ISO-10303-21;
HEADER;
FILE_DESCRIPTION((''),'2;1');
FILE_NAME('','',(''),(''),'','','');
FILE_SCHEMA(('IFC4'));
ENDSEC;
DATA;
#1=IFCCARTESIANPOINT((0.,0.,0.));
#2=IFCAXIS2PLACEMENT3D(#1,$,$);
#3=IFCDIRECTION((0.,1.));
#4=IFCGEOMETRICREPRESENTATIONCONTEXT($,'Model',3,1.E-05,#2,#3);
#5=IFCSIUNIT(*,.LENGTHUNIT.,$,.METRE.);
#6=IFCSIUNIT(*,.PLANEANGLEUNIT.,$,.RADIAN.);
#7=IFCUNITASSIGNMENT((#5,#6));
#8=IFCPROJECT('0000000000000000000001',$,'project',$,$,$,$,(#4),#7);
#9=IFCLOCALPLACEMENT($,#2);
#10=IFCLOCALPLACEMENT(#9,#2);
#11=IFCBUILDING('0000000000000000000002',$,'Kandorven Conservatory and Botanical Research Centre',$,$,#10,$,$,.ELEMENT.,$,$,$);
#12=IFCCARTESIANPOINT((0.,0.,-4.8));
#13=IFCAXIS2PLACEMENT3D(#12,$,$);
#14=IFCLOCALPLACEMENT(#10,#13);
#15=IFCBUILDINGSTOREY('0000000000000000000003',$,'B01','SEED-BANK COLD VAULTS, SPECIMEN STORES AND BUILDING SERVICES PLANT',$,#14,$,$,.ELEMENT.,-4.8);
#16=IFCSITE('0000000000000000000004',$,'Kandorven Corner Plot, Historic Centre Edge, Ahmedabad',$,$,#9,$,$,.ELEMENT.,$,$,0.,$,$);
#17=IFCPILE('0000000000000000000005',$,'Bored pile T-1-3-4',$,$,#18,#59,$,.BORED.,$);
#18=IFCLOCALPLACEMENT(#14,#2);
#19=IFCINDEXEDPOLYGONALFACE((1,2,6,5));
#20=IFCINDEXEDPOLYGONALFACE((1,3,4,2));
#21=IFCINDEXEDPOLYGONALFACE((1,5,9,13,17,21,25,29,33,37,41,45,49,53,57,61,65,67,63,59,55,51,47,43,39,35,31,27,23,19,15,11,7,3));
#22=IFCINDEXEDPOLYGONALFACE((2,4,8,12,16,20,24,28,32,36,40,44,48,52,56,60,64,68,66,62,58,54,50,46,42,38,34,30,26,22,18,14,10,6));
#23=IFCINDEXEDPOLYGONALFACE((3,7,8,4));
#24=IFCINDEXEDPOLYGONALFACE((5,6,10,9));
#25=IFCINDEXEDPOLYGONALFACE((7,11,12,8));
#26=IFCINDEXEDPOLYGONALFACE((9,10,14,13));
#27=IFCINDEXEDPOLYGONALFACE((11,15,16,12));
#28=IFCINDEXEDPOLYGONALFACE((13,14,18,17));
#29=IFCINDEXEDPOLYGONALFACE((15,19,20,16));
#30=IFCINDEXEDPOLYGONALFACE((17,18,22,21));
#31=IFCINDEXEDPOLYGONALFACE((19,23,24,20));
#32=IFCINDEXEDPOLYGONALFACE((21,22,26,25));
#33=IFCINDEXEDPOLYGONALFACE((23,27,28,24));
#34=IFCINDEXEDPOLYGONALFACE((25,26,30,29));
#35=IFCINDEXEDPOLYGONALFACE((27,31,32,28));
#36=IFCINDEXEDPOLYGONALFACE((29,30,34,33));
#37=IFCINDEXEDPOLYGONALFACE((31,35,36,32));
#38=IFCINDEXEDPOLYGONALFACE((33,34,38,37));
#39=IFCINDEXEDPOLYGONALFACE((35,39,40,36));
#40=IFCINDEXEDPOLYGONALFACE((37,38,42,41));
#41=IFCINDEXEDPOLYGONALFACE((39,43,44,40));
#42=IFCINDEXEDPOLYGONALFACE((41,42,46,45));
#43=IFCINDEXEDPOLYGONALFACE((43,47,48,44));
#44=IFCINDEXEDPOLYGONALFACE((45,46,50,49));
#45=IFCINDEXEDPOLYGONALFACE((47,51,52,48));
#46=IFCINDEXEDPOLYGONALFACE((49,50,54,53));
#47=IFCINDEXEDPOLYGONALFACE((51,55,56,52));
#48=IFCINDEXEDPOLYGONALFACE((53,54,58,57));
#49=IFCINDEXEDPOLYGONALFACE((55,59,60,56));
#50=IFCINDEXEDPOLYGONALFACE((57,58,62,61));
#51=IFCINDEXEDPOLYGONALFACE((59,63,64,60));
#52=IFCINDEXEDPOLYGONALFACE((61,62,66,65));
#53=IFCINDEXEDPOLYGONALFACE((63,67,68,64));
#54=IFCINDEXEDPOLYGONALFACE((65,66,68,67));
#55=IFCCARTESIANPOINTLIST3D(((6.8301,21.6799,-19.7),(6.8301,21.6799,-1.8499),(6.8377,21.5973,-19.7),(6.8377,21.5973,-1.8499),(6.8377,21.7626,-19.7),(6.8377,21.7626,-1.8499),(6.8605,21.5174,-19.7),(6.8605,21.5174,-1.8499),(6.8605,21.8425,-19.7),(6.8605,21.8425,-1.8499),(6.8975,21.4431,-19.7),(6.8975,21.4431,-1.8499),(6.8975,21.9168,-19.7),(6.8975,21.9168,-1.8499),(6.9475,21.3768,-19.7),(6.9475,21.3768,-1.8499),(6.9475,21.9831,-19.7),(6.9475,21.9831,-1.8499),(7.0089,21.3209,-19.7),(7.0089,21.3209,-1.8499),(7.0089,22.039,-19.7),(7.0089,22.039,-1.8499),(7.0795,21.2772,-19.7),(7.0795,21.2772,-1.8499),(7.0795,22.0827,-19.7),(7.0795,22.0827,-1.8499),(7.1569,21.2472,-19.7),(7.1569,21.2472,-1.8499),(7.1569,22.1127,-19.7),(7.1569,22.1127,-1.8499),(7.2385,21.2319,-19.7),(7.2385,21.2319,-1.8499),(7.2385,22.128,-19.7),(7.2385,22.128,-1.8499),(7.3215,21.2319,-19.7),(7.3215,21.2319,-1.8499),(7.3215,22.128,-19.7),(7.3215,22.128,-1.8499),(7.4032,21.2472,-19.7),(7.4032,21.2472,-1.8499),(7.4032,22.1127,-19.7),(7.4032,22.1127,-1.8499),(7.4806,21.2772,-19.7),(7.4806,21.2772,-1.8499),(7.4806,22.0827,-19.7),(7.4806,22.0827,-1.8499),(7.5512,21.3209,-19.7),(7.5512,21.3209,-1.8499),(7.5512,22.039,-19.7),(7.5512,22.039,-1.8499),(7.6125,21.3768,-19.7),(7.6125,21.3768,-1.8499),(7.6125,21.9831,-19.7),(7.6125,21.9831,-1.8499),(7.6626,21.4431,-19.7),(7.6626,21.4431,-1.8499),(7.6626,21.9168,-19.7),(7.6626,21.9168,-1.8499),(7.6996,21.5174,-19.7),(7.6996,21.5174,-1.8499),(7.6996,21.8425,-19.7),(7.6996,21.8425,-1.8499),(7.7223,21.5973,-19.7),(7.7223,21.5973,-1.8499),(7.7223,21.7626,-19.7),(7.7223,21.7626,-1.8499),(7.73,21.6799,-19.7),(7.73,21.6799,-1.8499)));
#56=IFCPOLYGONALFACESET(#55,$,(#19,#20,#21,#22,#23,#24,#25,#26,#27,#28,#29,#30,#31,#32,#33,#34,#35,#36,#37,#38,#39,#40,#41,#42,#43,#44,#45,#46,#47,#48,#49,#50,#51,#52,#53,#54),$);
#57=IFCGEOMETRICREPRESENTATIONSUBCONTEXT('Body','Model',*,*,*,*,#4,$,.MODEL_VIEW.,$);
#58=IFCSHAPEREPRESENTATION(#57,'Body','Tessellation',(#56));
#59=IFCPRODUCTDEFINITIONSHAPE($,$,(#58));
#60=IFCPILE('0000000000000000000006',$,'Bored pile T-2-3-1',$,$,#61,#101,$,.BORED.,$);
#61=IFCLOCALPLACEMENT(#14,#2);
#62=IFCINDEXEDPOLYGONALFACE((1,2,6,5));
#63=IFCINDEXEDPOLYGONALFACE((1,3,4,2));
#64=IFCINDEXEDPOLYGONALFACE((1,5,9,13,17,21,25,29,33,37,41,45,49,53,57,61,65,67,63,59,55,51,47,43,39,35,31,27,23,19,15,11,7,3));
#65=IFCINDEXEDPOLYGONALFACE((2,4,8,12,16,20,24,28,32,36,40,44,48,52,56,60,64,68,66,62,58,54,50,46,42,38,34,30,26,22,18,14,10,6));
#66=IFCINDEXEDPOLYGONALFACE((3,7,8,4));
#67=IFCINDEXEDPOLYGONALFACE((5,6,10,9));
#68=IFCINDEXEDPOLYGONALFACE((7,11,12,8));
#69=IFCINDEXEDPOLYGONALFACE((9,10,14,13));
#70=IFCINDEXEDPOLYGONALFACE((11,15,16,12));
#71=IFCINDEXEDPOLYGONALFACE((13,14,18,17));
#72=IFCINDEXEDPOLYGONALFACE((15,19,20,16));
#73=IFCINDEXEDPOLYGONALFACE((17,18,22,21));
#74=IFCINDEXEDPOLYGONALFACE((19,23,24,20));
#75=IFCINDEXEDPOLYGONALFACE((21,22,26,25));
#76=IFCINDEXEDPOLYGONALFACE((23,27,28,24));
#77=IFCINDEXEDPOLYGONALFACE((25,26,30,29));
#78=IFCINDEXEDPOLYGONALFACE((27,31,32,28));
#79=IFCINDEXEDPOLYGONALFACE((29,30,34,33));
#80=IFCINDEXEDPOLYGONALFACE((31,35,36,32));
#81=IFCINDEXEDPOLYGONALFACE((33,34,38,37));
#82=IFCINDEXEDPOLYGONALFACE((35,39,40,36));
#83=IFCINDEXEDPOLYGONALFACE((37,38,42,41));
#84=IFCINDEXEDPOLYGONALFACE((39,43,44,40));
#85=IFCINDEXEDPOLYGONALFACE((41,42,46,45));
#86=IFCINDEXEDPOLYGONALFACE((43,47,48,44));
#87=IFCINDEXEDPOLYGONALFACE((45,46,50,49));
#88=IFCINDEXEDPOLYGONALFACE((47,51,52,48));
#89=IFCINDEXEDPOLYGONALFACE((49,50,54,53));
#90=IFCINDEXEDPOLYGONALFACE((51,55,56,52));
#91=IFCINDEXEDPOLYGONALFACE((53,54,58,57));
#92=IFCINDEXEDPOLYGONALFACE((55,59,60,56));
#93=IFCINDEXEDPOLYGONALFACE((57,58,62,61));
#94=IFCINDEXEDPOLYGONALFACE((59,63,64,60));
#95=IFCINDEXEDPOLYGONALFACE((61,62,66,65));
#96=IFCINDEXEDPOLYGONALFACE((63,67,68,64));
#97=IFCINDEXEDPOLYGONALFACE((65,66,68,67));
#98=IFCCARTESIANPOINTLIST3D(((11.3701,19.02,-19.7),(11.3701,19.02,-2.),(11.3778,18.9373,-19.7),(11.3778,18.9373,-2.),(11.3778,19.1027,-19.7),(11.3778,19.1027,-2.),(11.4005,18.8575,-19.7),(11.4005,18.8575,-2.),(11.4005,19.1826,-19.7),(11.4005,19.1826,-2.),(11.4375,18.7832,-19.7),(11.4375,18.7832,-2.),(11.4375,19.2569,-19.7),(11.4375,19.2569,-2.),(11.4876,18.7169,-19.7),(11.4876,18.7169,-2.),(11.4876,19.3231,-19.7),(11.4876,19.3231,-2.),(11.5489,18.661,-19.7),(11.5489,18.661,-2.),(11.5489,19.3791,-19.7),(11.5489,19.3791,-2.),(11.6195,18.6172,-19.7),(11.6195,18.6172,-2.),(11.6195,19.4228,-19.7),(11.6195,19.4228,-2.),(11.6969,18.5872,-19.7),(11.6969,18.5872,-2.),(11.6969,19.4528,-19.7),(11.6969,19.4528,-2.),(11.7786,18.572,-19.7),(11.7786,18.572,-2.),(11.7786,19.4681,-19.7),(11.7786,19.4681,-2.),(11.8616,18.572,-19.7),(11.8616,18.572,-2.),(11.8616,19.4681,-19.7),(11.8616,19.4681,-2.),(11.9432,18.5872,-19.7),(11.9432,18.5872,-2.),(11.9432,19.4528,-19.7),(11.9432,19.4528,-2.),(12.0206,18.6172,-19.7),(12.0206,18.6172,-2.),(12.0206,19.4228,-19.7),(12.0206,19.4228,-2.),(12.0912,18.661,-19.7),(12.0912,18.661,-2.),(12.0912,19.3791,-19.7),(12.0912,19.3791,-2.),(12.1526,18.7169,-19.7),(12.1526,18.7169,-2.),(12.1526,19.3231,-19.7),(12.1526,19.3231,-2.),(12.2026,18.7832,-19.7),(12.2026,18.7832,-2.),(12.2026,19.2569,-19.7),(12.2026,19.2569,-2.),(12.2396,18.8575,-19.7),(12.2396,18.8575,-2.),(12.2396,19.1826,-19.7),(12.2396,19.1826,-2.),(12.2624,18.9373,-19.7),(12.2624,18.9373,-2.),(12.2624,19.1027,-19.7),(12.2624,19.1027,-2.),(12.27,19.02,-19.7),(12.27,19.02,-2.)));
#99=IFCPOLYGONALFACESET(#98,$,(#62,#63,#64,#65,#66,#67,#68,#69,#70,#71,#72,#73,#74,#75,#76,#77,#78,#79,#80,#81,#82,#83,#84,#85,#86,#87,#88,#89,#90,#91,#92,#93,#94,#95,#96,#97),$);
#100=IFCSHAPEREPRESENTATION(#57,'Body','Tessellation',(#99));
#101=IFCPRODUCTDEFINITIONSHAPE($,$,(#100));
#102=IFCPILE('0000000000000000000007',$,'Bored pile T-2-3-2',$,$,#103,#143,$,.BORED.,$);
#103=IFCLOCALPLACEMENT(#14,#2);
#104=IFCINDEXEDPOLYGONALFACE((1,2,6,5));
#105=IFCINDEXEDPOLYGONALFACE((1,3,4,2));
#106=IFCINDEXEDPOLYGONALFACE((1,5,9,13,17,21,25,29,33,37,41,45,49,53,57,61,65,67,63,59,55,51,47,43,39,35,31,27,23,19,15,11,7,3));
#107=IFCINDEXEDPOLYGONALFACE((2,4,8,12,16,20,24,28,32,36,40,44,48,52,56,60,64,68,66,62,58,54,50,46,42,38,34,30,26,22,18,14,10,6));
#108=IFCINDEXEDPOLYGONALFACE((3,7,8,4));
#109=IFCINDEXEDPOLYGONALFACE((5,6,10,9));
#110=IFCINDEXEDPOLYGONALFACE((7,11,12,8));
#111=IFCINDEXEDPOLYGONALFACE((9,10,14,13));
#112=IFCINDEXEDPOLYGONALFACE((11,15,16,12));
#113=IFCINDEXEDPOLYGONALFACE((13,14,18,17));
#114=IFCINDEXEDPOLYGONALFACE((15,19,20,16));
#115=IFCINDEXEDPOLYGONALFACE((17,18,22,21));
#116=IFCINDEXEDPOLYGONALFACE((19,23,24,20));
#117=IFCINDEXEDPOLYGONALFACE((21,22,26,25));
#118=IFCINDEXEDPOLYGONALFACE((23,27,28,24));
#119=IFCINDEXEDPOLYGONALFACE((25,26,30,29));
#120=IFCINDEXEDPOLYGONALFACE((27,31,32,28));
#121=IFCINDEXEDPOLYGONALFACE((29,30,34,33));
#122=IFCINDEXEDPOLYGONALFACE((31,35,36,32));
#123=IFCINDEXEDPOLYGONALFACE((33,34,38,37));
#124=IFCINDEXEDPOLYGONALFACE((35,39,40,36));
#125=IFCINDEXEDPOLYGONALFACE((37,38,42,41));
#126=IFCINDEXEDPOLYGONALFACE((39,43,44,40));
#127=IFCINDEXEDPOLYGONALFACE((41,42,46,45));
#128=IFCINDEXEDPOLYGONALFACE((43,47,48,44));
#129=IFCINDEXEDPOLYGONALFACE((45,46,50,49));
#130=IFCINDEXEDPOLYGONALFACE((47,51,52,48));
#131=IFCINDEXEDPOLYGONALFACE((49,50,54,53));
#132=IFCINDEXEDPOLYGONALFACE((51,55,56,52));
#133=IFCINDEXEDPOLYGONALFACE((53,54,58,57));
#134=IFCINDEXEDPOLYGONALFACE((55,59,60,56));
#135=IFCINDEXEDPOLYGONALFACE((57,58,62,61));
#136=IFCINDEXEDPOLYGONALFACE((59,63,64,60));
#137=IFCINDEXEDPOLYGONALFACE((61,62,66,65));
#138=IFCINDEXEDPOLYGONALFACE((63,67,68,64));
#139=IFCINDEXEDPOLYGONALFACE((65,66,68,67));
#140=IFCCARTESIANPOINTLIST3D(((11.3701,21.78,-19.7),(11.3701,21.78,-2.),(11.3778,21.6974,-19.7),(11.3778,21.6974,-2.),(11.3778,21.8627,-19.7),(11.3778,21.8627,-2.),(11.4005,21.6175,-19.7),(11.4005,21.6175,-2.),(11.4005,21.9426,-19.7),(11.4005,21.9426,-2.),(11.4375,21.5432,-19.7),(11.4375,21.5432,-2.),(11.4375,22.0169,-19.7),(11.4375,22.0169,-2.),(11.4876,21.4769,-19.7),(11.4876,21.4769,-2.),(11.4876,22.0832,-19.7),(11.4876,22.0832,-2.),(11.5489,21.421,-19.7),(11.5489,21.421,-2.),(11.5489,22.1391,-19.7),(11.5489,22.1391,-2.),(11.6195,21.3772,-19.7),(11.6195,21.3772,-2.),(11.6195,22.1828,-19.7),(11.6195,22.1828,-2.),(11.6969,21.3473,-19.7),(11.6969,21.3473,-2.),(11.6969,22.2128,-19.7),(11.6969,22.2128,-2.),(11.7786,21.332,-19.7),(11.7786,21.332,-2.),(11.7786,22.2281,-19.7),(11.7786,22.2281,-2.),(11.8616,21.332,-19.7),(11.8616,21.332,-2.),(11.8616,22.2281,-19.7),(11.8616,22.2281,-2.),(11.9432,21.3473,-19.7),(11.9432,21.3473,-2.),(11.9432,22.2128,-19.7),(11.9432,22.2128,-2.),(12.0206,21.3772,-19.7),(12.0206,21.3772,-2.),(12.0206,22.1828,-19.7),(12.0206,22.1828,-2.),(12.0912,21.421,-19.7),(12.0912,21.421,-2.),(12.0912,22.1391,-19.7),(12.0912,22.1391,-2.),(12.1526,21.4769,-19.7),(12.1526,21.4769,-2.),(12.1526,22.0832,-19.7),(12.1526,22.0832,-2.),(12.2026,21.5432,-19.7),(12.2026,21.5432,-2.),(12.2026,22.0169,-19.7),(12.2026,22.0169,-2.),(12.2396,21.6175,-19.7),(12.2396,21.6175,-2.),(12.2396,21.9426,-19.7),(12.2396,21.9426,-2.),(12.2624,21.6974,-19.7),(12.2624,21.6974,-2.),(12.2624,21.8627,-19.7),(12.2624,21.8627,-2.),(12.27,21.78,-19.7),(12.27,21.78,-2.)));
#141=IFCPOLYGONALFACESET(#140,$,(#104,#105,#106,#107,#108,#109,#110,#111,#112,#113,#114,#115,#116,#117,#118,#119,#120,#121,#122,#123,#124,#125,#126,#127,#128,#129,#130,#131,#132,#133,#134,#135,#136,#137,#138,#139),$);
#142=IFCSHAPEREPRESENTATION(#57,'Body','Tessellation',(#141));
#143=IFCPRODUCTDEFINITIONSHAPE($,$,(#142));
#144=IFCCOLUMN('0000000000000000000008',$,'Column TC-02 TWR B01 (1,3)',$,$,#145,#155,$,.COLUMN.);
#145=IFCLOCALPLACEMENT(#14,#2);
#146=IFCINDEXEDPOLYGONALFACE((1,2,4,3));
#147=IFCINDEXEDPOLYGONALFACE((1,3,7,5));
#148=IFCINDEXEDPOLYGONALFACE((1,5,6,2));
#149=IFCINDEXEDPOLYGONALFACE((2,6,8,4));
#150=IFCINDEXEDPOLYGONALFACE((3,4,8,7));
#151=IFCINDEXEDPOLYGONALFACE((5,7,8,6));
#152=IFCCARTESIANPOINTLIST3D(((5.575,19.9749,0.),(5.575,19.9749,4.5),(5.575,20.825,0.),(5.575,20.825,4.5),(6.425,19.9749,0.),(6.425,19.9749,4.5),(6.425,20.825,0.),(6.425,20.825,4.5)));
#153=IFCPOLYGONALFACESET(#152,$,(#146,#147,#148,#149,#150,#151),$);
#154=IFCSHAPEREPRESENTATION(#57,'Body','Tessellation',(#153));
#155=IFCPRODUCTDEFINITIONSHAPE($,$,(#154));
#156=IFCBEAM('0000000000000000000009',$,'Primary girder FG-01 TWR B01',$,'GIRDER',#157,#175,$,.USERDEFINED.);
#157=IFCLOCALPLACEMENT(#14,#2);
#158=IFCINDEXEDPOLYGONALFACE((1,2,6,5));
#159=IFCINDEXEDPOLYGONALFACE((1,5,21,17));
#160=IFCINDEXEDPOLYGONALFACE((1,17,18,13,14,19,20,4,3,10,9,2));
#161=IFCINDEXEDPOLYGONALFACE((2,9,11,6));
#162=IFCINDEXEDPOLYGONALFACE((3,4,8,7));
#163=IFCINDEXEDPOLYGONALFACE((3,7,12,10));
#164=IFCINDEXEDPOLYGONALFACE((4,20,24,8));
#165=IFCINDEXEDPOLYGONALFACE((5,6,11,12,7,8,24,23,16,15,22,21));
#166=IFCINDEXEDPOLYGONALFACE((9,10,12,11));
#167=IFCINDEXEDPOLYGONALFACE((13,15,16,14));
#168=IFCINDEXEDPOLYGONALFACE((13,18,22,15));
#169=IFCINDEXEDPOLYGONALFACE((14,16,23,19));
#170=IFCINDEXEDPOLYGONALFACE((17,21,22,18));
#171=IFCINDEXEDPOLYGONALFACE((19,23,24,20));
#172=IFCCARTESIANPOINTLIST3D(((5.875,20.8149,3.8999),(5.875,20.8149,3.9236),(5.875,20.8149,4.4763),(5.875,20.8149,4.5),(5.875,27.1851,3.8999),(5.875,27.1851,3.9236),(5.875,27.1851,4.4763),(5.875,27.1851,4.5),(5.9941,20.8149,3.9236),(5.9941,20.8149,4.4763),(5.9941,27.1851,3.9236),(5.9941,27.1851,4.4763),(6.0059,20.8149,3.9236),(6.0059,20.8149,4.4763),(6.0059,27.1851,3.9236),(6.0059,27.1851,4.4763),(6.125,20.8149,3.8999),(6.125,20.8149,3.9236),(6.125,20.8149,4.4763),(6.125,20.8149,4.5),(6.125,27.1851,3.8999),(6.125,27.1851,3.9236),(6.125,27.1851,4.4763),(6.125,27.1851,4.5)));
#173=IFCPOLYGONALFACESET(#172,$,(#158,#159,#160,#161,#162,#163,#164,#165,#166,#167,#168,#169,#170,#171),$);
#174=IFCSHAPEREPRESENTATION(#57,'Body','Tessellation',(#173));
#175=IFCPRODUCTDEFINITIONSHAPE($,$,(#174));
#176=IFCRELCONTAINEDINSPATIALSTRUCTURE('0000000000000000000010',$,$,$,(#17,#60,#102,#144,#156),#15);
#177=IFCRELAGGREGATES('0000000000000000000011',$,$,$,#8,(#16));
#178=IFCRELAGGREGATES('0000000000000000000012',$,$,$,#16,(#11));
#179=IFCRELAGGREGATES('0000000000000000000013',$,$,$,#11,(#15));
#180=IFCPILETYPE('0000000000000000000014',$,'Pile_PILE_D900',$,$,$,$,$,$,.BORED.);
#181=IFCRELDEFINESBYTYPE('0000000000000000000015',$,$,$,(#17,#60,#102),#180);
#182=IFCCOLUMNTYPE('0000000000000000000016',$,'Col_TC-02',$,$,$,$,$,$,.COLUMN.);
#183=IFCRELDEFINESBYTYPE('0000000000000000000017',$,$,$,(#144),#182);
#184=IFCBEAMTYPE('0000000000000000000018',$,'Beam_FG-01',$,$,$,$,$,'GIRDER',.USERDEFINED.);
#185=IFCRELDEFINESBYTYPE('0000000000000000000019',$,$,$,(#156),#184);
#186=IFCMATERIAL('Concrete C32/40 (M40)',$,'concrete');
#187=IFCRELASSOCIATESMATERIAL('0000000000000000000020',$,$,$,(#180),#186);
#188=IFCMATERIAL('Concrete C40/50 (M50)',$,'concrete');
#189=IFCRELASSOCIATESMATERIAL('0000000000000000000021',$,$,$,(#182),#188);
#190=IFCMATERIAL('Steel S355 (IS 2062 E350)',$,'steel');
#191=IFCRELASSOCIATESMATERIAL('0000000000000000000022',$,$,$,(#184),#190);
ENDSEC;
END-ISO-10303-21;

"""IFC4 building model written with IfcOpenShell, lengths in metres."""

from ifc_helpers import new_model, si_unit, direction, frame, origin, origin_2d, place, context, subcontext, project, spatial, rectangle, circle, i_section, extrude, material, material_profile, profile_set, type_object, element, save


model = new_model("IFC4")

# Units and contexts
model_context = context("Model", 3, precision=1e-05, world=origin(), true_north=direction((0.0, 1.0)))
body_context = subcontext(model_context, "Body", "Model", "MODEL_VIEW")
ifc_project = project(units=[si_unit("LENGTHUNIT", "METRE"), si_unit("PLANEANGLEUNIT", "RADIAN")], contexts=[model_context])

# Site, building, storey
site_placement = place(None, origin())
site = spatial("IfcSite", under=ifc_project, at=site_placement, Name="Kandorven Corner Plot, Historic Centre Edge, Ahmedabad", CompositionType="ELEMENT", RefElevation=0.0)
building_placement = place(site_placement, origin())
building = spatial("IfcBuilding", under=site, at=building_placement, Name="Kandorven Conservatory and Botanical Research Centre", CompositionType="ELEMENT")
storey_placement = place(building_placement, frame((0.0, 0.0, -4.8)))
storey = spatial("IfcBuildingStorey", under=building, at=storey_placement, Name="B01", Description="SEED-BANK COLD VAULTS, SPECIMEN STORES AND BUILDING SERVICES PLANT", CompositionType="ELEMENT", Elevation=-4.8)

# Piles
ifc_material_1 = material(Name="Concrete C32/40 (M40)", Category="concrete")
ifc_material_profile_1 = material_profile(ifc_material_1, circle(Radius=0.45, at=origin_2d()))
ifc_profile_set_1 = profile_set([ifc_material_profile_1], Name="Concrete C32/40 (M40)")
pile_type = type_object("IfcPileType", Name="Pile_PILE_D900", PredefinedType="BORED", material=ifc_profile_set_1)
for number, where, z_axis, x_axis, name in (
    (1, (7.28, 21.6799, -1.8499), (0.0, 0.0, -1.0), (1.0, 0.0, 0.0), "Bored pile T-1-3-4"),
):
    element("IfcPile", number, at=place(storey_placement, frame(where, z_axis=z_axis, x_axis=x_axis)), inside=storey, type_object=pile_type, Name=name, PredefinedType="BORED", context=body_context, shape_type="SweptSolid", body=[
        extrude(circle(Radius=0.45, at=origin_2d()), origin(), (0.0, 0.0, 1.0), 17.8501),
    ])
for number, where, z_axis, x_axis, name in (
    (2, (11.8201, 19.02, -2.0), (0.0, 0.0, -1.0), (1.0, 0.0, 0.0), "Bored pile T-2-3-1"),
    (3, (11.8201, 21.78, -2.0), (0.0, 0.0, -1.0), (1.0, 0.0, 0.0), "Bored pile T-2-3-2"),
):
    element("IfcPile", number, at=place(storey_placement, frame(where, z_axis=z_axis, x_axis=x_axis)), inside=storey, type_object=pile_type, Name=name, PredefinedType="BORED", context=body_context, shape_type="SweptSolid", body=[
        extrude(circle(Radius=0.45, at=origin_2d()), origin(), (0.0, 0.0, 1.0), 17.7),
    ])

# Column
ifc_material_2 = material(Name="Concrete C40/50 (M50)", Category="concrete")
ifc_material_profile_2 = material_profile(ifc_material_2, rectangle(XDim=0.8501, YDim=0.8501, at=origin_2d()))
ifc_profile_set_2 = profile_set([ifc_material_profile_2], Name="Concrete C40/50 (M50)")
column_type = type_object("IfcColumnType", Name="Col_TC-02", PredefinedType="COLUMN", material=ifc_profile_set_2)
column_placement = place(storey_placement, frame((6.0, 20.3999, 0.0), z_axis=(0.0, 0.0, 1.0), x_axis=(1.0, 0.0, 0.0)))
element("IfcColumn", 4, at=column_placement, inside=storey, type_object=column_type, Name="Column TC-02 TWR B01 (1,3)", PredefinedType="COLUMN", context=body_context, shape_type="SweptSolid", body=[
    extrude(rectangle(XDim=0.8501, YDim=0.8501, at=origin_2d()), origin(), (0.0, 0.0, 1.0), 4.5),
])

# Beam
ifc_material_3 = material(Name="Steel S355 (IS 2062 E350)", Category="steel")
ifc_material_profile_3 = material_profile(ifc_material_3, i_section(OverallWidth=0.25, OverallDepth=0.6001, WebThickness=0.0117, FlangeThickness=0.0237, at=origin_2d()))
ifc_profile_set_3 = profile_set([ifc_material_profile_3], Name="Steel S355 (IS 2062 E350)")
beam_type = type_object("IfcBeamType", Name="Beam_FG-01", ElementType="GIRDER", PredefinedType="USERDEFINED", material=ifc_profile_set_3)
beam_placement = place(storey_placement, frame((6.0, 20.8149, 4.2), z_axis=(0.0, 1.0, 0.0), x_axis=(-1.0, 0.0, 0.0)))
element("IfcBeam", 5, at=beam_placement, inside=storey, type_object=beam_type, Name="Primary girder FG-01 TWR B01", ObjectType="GIRDER", PredefinedType="USERDEFINED", context=body_context, shape_type="SweptSolid", body=[
    extrude(i_section(OverallWidth=0.25, OverallDepth=0.6001, WebThickness=0.0117, FlangeThickness=0.0237, at=origin_2d()), origin(), (0.0, 0.0, 1.0), 6.3701),
])

save(model, "model.ifc")
